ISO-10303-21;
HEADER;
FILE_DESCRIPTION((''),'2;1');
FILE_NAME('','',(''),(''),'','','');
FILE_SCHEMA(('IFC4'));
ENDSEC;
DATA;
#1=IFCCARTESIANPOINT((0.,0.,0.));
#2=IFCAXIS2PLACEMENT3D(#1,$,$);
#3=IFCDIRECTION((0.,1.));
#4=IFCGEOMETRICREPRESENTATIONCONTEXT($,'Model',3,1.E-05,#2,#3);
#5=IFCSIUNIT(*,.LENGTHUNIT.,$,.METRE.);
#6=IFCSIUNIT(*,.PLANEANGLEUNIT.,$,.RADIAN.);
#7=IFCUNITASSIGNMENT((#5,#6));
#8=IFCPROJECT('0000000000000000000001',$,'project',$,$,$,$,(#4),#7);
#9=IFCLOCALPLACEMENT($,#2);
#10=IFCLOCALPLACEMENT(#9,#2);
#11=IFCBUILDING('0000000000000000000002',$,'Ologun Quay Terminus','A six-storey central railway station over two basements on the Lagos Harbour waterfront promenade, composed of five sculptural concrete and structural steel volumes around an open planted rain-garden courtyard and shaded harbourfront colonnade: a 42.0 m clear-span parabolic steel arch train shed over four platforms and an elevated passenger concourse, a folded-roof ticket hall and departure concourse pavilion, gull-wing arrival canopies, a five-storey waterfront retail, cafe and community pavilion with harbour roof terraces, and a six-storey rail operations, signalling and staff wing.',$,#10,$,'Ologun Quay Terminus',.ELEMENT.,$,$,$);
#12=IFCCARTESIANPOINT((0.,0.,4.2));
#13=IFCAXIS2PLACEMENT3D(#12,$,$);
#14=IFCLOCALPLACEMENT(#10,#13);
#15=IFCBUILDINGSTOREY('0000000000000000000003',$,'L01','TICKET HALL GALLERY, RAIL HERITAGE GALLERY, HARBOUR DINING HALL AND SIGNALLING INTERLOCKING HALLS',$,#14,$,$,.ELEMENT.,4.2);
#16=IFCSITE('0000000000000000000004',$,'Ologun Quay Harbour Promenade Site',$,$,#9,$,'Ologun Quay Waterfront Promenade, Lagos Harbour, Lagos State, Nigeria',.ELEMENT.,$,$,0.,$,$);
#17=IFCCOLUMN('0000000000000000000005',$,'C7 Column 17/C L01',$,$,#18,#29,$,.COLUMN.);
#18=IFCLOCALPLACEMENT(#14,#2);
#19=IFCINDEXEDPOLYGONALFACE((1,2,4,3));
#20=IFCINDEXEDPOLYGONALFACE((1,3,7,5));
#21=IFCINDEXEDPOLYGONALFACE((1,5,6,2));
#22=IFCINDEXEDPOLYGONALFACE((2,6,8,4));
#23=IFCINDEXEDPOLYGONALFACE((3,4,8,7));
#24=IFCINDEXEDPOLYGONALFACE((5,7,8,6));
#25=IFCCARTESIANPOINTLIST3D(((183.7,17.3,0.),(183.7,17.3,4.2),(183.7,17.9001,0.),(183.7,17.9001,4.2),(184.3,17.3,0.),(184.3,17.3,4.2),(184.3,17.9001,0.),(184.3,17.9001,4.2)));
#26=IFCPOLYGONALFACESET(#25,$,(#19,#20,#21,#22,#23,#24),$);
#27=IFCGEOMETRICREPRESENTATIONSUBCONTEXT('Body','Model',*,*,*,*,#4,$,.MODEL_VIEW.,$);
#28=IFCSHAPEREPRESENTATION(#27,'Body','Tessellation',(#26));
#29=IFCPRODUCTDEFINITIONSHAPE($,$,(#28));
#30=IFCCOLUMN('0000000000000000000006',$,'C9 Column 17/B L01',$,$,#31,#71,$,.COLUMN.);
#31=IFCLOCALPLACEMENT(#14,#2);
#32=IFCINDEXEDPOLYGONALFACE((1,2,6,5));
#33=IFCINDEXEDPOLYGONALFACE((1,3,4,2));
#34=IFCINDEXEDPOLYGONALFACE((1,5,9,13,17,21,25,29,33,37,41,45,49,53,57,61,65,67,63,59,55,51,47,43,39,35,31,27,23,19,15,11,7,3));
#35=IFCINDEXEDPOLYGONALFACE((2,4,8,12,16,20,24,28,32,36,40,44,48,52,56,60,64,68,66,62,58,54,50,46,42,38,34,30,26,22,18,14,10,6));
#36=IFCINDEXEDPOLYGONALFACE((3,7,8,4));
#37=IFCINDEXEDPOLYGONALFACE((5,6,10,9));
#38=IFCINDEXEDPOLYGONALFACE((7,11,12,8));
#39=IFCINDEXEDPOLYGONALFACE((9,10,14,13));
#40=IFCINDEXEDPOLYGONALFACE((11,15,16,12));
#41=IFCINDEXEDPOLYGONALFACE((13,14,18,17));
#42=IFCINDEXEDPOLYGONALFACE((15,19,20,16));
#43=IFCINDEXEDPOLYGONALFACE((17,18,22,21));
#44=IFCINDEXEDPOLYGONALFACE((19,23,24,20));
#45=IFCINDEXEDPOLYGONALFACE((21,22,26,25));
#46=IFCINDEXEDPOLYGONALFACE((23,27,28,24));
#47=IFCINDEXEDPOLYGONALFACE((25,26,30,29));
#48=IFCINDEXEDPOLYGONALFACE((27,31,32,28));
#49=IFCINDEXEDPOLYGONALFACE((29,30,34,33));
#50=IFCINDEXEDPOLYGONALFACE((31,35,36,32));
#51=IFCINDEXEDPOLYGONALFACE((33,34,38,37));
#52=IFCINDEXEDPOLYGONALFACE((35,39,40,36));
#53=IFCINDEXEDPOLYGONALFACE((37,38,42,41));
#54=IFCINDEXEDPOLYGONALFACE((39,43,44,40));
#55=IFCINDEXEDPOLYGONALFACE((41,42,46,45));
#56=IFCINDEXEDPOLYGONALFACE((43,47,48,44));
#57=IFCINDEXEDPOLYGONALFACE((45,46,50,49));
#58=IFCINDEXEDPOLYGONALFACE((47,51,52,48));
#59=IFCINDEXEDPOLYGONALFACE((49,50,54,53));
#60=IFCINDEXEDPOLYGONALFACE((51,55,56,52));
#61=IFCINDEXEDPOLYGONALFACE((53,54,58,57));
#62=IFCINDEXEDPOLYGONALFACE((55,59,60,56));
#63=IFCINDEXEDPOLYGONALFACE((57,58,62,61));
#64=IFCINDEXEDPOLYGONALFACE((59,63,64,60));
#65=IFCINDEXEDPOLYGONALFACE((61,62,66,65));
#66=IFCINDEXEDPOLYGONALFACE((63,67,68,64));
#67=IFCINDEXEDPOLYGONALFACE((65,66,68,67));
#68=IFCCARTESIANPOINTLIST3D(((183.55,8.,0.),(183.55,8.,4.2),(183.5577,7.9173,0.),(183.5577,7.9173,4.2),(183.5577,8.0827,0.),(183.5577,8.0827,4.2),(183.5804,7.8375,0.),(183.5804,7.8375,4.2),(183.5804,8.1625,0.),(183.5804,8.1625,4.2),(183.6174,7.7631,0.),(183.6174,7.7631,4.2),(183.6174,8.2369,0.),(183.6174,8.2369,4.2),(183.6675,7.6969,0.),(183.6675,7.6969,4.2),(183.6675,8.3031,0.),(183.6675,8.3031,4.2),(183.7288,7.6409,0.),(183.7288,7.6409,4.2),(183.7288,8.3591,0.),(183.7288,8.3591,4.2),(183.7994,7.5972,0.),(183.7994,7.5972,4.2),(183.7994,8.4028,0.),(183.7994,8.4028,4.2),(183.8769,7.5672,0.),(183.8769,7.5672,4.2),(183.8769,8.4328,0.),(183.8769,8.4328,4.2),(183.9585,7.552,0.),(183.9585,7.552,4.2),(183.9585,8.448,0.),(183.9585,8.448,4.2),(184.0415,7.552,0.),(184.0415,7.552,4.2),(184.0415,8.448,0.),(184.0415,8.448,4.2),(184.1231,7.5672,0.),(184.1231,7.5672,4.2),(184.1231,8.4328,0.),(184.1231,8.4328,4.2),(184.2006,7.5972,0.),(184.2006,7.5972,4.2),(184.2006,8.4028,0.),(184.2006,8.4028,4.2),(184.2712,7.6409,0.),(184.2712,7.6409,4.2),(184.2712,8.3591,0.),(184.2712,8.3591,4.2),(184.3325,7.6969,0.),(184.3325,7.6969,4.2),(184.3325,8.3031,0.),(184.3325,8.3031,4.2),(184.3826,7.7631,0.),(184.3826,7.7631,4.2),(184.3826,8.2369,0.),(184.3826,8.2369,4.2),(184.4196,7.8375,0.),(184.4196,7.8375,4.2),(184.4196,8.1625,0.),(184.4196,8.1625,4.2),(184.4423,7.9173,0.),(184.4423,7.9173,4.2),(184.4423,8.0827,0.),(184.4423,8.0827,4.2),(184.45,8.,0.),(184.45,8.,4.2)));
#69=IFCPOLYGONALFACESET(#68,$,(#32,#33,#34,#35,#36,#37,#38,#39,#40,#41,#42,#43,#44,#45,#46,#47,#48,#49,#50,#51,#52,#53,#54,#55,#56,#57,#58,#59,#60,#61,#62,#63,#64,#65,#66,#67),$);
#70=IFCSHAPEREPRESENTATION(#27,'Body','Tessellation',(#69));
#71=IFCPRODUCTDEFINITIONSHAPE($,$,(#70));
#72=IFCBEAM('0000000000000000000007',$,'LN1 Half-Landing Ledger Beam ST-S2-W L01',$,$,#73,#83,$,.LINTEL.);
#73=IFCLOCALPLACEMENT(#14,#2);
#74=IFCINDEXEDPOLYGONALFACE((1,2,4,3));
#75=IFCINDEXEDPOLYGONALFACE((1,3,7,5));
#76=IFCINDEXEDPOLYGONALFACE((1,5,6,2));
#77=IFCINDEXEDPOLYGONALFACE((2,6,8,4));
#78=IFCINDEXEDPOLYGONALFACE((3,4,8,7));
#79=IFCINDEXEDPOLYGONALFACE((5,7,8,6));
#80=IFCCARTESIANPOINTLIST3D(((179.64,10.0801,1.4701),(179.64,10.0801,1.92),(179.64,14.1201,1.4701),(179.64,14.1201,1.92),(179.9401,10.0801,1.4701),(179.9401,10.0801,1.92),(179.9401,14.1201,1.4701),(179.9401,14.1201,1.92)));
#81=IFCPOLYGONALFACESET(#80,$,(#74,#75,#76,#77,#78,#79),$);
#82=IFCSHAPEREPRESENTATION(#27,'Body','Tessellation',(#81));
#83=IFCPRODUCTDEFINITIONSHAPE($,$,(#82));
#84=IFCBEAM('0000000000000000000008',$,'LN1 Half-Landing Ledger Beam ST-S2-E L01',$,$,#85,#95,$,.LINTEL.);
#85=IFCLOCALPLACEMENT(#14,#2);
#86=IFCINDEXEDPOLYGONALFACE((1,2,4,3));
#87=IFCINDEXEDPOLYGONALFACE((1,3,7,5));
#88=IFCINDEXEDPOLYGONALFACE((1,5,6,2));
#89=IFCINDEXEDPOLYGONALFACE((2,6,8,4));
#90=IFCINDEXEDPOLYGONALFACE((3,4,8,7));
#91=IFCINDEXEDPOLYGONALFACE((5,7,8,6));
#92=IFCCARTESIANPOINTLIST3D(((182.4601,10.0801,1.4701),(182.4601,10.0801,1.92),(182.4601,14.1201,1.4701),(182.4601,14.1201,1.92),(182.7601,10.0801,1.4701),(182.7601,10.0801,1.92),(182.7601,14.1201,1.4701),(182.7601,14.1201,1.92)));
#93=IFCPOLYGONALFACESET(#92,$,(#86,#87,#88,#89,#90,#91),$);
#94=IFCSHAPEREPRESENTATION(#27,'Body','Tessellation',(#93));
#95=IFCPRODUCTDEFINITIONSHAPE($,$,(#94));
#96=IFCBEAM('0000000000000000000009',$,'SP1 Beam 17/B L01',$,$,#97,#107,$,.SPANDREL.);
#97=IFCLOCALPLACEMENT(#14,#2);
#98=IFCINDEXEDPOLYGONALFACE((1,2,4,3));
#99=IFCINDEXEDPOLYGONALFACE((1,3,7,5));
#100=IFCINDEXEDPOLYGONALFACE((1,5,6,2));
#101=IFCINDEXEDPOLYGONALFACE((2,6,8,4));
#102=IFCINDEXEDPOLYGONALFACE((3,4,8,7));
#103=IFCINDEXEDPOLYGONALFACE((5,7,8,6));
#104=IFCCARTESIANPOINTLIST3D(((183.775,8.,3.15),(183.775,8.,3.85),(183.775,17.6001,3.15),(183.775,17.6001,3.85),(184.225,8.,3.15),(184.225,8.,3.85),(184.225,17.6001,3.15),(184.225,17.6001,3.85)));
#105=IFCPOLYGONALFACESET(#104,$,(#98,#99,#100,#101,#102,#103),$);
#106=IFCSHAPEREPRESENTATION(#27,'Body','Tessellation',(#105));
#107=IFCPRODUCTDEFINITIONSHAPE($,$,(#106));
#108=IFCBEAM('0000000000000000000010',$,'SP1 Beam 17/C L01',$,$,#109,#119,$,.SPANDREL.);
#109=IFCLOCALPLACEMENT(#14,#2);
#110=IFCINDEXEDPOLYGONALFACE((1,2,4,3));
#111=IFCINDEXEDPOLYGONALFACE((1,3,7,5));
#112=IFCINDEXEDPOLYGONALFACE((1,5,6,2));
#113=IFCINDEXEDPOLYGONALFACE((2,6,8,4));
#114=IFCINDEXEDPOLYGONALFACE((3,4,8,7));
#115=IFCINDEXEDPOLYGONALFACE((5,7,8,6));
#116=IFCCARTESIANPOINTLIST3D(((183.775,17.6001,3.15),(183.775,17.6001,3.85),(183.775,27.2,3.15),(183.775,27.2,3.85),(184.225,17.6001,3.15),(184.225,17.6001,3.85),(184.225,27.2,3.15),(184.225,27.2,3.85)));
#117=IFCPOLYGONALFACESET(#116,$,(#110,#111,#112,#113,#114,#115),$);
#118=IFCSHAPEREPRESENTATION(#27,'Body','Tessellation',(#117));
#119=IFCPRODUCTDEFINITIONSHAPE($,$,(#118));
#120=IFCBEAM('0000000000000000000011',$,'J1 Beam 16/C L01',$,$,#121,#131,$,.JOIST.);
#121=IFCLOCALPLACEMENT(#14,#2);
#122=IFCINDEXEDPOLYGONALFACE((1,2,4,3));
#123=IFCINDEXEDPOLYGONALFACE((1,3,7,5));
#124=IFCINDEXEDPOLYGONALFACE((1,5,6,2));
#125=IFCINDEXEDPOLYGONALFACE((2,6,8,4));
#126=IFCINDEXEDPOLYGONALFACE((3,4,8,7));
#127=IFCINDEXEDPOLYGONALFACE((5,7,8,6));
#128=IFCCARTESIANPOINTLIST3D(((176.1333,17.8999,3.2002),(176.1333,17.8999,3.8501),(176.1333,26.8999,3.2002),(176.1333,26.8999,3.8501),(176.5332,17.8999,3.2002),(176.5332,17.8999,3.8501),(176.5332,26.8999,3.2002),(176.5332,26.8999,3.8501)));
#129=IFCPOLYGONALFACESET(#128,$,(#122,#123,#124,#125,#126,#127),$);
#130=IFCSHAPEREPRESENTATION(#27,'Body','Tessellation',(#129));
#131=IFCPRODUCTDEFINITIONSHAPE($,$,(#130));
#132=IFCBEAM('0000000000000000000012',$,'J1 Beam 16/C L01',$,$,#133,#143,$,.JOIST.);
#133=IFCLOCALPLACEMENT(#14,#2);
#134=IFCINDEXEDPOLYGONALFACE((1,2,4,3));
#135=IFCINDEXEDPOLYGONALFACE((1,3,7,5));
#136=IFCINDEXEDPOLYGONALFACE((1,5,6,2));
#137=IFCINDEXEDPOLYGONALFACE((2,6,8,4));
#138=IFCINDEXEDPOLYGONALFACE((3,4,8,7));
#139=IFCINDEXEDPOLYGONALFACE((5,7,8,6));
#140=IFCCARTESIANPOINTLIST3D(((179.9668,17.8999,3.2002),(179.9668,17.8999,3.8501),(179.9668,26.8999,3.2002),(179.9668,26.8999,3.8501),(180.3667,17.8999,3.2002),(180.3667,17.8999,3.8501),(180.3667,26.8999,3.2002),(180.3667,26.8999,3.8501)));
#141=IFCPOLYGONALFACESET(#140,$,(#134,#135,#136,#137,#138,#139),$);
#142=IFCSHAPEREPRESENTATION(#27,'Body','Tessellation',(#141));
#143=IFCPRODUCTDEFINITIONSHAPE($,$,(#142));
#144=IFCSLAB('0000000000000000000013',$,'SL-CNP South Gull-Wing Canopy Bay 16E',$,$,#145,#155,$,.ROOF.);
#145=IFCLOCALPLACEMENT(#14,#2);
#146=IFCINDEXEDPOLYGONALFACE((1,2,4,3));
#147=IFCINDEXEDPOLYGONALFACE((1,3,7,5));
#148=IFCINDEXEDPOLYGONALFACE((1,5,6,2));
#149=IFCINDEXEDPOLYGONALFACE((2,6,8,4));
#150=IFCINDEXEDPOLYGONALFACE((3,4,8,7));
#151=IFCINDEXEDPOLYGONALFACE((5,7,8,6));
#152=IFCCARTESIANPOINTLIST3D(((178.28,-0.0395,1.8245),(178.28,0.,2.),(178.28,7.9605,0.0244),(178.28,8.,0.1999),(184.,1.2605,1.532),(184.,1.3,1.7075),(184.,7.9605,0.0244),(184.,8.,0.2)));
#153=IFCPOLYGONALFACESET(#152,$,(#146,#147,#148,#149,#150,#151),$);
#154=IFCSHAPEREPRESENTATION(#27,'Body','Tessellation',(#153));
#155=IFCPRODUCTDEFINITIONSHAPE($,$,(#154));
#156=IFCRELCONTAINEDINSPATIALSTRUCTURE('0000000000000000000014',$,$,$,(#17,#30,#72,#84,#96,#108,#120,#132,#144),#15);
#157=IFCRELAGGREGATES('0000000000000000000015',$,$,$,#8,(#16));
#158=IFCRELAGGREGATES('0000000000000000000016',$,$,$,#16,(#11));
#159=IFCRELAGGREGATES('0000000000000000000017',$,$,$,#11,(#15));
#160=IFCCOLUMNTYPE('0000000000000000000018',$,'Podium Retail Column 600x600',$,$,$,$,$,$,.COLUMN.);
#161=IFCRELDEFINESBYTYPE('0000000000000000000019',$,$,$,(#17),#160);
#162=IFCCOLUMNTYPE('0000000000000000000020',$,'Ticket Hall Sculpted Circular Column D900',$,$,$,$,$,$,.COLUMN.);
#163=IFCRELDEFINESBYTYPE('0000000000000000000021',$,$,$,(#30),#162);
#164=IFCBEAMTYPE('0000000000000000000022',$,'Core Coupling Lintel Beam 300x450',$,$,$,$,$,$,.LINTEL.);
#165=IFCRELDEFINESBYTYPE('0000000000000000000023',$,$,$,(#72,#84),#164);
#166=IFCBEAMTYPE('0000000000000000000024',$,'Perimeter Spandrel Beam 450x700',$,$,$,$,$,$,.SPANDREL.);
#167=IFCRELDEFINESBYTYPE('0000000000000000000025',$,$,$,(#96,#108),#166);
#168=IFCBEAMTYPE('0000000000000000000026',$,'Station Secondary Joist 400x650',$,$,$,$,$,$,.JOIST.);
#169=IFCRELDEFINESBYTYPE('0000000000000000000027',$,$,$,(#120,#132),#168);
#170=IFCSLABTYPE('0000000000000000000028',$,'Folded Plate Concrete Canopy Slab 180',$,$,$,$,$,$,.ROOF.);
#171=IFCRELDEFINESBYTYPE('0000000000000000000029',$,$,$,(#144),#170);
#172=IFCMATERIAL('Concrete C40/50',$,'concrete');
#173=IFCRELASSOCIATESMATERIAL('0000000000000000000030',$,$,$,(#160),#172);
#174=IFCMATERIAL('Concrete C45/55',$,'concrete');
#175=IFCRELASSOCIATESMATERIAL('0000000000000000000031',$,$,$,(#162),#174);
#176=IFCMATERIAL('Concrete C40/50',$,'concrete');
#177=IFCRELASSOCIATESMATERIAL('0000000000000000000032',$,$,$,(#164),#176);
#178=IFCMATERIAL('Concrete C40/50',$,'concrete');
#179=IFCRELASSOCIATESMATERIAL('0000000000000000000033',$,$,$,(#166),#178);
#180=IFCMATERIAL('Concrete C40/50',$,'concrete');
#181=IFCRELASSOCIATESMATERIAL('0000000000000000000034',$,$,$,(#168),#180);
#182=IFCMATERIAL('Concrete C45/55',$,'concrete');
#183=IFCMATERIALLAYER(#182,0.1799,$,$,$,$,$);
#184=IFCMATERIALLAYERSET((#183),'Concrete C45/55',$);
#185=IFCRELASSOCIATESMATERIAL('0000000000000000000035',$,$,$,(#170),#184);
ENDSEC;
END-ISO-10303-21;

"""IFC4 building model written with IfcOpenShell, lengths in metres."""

from ifc_helpers import new_model, si_unit, direction, frame, origin, origin_2d, place, context, subcontext, project, spatial, polyline, rectangle, circle, outline, extrude, material, layer, layer_set, material_profile, profile_set, type_object, element, save


model = new_model("IFC4")

# Units and contexts
model_context = context("Model", 3, precision=1e-05, world=origin(), true_north=direction((0.0, 1.0)))
body_context = subcontext(model_context, "Body", "Model", "MODEL_VIEW")
ifc_project = project(units=[si_unit("LENGTHUNIT", "METRE"), si_unit("PLANEANGLEUNIT", "RADIAN")], contexts=[model_context])

# Site, building, storey
site_placement = place(None, origin())
site = spatial("IfcSite", under=ifc_project, at=site_placement, Name="Ologun Quay Harbour Promenade Site", LongName="Ologun Quay Waterfront Promenade, Lagos Harbour, Lagos State, Nigeria", CompositionType="ELEMENT", RefElevation=0.0)
building_placement = place(site_placement, origin())
building = spatial("IfcBuilding", under=site, at=building_placement, Name="Ologun Quay Terminus", Description="A six-storey central railway station over two basements on the Lagos Harbour waterfront promenade, composed of five sculptural concrete and structural steel volumes around an open planted rain-garden courtyard and shaded harbourfront colonnade: a 42.0 m clear-span parabolic steel arch train shed over four platforms and an elevated passenger concourse, a folded-roof ticket hall and departure concourse pavilion, gull-wing arrival canopies, a five-storey waterfront retail, cafe and community pavilion with harbour roof terraces, and a six-storey rail operations, signalling and staff wing.", LongName="Ologun Quay Terminus", CompositionType="ELEMENT")
storey_placement = place(building_placement, frame((0.0, 0.0, 4.2)))
storey = spatial("IfcBuildingStorey", under=building, at=storey_placement, Name="L01", Description="TICKET HALL GALLERY, RAIL HERITAGE GALLERY, HARBOUR DINING HALL AND SIGNALLING INTERLOCKING HALLS", CompositionType="ELEMENT", Elevation=4.2)

# Columns
ifc_material_1 = material(Name="Concrete C40/50", Category="concrete")
ifc_material_profile_1 = material_profile(ifc_material_1, rectangle(XDim=0.6001, YDim=0.6001, at=origin_2d()), Name="RC 600x600")
ifc_profile_set_1 = profile_set([ifc_material_profile_1], Name="Concrete C40/50")
column_type_1 = type_object("IfcColumnType", Name="Podium Retail Column 600x600", PredefinedType="COLUMN", material=ifc_profile_set_1)
column_1_placement = place(storey_placement, frame((184.0, 17.6001, 0.0), z_axis=(0.0, 0.0, 1.0), x_axis=(1.0, 0.0, 0.0)))
element("IfcColumn", 1, at=column_1_placement, inside=storey, type_object=column_type_1, Name="C7 Column 17/C L01", PredefinedType="COLUMN", context=body_context, shape_type="SweptSolid", body=[
    extrude(rectangle(XDim=0.6001, YDim=0.6001, at=origin_2d()), origin(), (0.0, 0.0, 1.0), 4.2),
])
ifc_material_2 = material(Name="Concrete C45/55", Category="concrete")
ifc_material_profile_2 = material_profile(ifc_material_2, circle(Radius=0.45, at=origin_2d()), Name="RC D900")
ifc_profile_set_2 = profile_set([ifc_material_profile_2], Name="Concrete C45/55")
column_type_2 = type_object("IfcColumnType", Name="Ticket Hall Sculpted Circular Column D900", PredefinedType="COLUMN", material=ifc_profile_set_2)
column_2_placement = place(storey_placement, frame((184.0, 8.0, 0.0), z_axis=(0.0, 0.0, 1.0), x_axis=(1.0, 0.0, 0.0)))
element("IfcColumn", 2, at=column_2_placement, inside=storey, type_object=column_type_2, Name="C9 Column 17/B L01", PredefinedType="COLUMN", context=body_context, shape_type="SweptSolid", body=[
    extrude(circle(Radius=0.45, at=origin_2d()), origin(), (0.0, 0.0, 1.0), 4.2),
])

# Beams
ifc_material_3 = material(Name="Concrete C40/50", Category="concrete")
ifc_material_profile_3 = material_profile(ifc_material_3, rectangle(XDim=0.3, YDim=0.45, at=origin_2d()), Name="RC 300x450")
ifc_profile_set_3 = profile_set([ifc_material_profile_3], Name="Concrete C40/50")
beam_type_1 = type_object("IfcBeamType", Name="Core Coupling Lintel Beam 300x450", PredefinedType="LINTEL", material=ifc_profile_set_3)
for number, where, z_axis, x_axis, name in (
    (3, (179.79, 10.0801, 1.6951), (0.0, 1.0, 0.0), (-1.0, 0.0, 0.0), "LN1 Half-Landing Ledger Beam ST-S2-W L01"),
    (4, (182.6101, 10.0801, 1.6951), (0.0, 1.0, 0.0), (-1.0, 0.0, 0.0), "LN1 Half-Landing Ledger Beam ST-S2-E L01"),
):
    element("IfcBeam", number, at=place(storey_placement, frame(where, z_axis=z_axis, x_axis=x_axis)), inside=storey, type_object=beam_type_1, Name=name, PredefinedType="LINTEL", context=body_context, shape_type="SweptSolid", body=[
        extrude(rectangle(XDim=0.3, YDim=0.45, at=origin_2d()), origin(), (0.0, 0.0, 1.0), 4.04),
    ])
ifc_material_4 = material(Name="Concrete C40/50", Category="concrete")
ifc_material_profile_4 = material_profile(ifc_material_4, rectangle(XDim=0.45, YDim=0.7, at=origin_2d()), Name="RC 450x700")
ifc_profile_set_4 = profile_set([ifc_material_profile_4], Name="Concrete C40/50")
beam_type_2 = type_object("IfcBeamType", Name="Perimeter Spandrel Beam 450x700", PredefinedType="SPANDREL", material=ifc_profile_set_4)
beam_1_placement = place(storey_placement, frame((184.0, 8.0, 3.5), z_axis=(0.0, 1.0, 0.0), x_axis=(-1.0, 0.0, 0.0)))
element("IfcBeam", 5, at=beam_1_placement, inside=storey, type_object=beam_type_2, Name="SP1 Beam 17/B L01", PredefinedType="SPANDREL", context=body_context, shape_type="SweptSolid", body=[
    extrude(rectangle(XDim=0.45, YDim=0.7, at=origin_2d()), origin(), (0.0, 0.0, 1.0), 9.6001),
])
beam_2_placement = place(storey_placement, frame((184.0, 17.6001, 3.5), z_axis=(0.0, 1.0, 0.0), x_axis=(-1.0, 0.0, 0.0)))
element("IfcBeam", 6, at=beam_2_placement, inside=storey, type_object=beam_type_2, Name="SP1 Beam 17/C L01", PredefinedType="SPANDREL", context=body_context, shape_type="SweptSolid", body=[
    extrude(rectangle(XDim=0.45, YDim=0.7, at=origin_2d()), origin(), (0.0, 0.0, 1.0), 9.5999),
])
ifc_material_5 = material(Name="Concrete C40/50", Category="concrete")
ifc_material_profile_5 = material_profile(ifc_material_5, rectangle(XDim=0.3999, YDim=0.6499, at=origin_2d()), Name="RC 400x650")
ifc_profile_set_5 = profile_set([ifc_material_profile_5], Name="Concrete C40/50")
beam_type_3 = type_object("IfcBeamType", Name="Station Secondary Joist 400x650", PredefinedType="JOIST", material=ifc_profile_set_5)
for number, where, z_axis, x_axis, name in (
    (7, (176.3333, 17.8999, 3.5251), (0.0, 1.0, 0.0), (-1.0, 0.0, 0.0), "J1 Beam 16/C L01"),
    (8, (180.1667, 17.8999, 3.5251), (0.0, 1.0, 0.0), (-1.0, 0.0, 0.0), "J1 Beam 16/C L01"),
):
    element("IfcBeam", number, at=place(storey_placement, frame(where, z_axis=z_axis, x_axis=x_axis)), inside=storey, type_object=beam_type_3, Name=name, PredefinedType="JOIST", context=body_context, shape_type="SweptSolid", body=[
        extrude(rectangle(XDim=0.3999, YDim=0.6499, at=origin_2d()), origin(), (0.0, 0.0, 1.0), 9.0),
    ])

# Slab
ifc_material_6 = material(Name="Concrete C45/55", Category="concrete")
ifc_layer_1 = layer(ifc_material_6, 0.1799)
ifc_layer_set_1 = layer_set([ifc_layer_1], Name="Concrete C45/55")
slab_type = type_object("IfcSlabType", Name="Folded Plate Concrete Canopy Slab 180", PredefinedType="ROOF", material=ifc_layer_set_1)
slab_placement = place(storey_placement, frame((178.28, 0.0, 2.0), z_axis=(-0.000004, 0.21952, 0.975608), x_axis=(0.973921, 0.221354, -0.049803)))
element("IfcSlab", 9, at=slab_placement, inside=storey, type_object=slab_type, Name="SL-CNP South Gull-Wing Canopy Bay 16E", PredefinedType="ROOF", context=body_context, shape_type="SweptSolid", body=[
    extrude(outline(polyline([(0.0, 0.0), (5.8731, 0.0), (7.4313, 6.6884), (1.8605, 7.9862), (0.0, 0.0)])), origin(), (0.0, 0.0, -1.0), 0.1799),
])

save(model, "model.ifc")
